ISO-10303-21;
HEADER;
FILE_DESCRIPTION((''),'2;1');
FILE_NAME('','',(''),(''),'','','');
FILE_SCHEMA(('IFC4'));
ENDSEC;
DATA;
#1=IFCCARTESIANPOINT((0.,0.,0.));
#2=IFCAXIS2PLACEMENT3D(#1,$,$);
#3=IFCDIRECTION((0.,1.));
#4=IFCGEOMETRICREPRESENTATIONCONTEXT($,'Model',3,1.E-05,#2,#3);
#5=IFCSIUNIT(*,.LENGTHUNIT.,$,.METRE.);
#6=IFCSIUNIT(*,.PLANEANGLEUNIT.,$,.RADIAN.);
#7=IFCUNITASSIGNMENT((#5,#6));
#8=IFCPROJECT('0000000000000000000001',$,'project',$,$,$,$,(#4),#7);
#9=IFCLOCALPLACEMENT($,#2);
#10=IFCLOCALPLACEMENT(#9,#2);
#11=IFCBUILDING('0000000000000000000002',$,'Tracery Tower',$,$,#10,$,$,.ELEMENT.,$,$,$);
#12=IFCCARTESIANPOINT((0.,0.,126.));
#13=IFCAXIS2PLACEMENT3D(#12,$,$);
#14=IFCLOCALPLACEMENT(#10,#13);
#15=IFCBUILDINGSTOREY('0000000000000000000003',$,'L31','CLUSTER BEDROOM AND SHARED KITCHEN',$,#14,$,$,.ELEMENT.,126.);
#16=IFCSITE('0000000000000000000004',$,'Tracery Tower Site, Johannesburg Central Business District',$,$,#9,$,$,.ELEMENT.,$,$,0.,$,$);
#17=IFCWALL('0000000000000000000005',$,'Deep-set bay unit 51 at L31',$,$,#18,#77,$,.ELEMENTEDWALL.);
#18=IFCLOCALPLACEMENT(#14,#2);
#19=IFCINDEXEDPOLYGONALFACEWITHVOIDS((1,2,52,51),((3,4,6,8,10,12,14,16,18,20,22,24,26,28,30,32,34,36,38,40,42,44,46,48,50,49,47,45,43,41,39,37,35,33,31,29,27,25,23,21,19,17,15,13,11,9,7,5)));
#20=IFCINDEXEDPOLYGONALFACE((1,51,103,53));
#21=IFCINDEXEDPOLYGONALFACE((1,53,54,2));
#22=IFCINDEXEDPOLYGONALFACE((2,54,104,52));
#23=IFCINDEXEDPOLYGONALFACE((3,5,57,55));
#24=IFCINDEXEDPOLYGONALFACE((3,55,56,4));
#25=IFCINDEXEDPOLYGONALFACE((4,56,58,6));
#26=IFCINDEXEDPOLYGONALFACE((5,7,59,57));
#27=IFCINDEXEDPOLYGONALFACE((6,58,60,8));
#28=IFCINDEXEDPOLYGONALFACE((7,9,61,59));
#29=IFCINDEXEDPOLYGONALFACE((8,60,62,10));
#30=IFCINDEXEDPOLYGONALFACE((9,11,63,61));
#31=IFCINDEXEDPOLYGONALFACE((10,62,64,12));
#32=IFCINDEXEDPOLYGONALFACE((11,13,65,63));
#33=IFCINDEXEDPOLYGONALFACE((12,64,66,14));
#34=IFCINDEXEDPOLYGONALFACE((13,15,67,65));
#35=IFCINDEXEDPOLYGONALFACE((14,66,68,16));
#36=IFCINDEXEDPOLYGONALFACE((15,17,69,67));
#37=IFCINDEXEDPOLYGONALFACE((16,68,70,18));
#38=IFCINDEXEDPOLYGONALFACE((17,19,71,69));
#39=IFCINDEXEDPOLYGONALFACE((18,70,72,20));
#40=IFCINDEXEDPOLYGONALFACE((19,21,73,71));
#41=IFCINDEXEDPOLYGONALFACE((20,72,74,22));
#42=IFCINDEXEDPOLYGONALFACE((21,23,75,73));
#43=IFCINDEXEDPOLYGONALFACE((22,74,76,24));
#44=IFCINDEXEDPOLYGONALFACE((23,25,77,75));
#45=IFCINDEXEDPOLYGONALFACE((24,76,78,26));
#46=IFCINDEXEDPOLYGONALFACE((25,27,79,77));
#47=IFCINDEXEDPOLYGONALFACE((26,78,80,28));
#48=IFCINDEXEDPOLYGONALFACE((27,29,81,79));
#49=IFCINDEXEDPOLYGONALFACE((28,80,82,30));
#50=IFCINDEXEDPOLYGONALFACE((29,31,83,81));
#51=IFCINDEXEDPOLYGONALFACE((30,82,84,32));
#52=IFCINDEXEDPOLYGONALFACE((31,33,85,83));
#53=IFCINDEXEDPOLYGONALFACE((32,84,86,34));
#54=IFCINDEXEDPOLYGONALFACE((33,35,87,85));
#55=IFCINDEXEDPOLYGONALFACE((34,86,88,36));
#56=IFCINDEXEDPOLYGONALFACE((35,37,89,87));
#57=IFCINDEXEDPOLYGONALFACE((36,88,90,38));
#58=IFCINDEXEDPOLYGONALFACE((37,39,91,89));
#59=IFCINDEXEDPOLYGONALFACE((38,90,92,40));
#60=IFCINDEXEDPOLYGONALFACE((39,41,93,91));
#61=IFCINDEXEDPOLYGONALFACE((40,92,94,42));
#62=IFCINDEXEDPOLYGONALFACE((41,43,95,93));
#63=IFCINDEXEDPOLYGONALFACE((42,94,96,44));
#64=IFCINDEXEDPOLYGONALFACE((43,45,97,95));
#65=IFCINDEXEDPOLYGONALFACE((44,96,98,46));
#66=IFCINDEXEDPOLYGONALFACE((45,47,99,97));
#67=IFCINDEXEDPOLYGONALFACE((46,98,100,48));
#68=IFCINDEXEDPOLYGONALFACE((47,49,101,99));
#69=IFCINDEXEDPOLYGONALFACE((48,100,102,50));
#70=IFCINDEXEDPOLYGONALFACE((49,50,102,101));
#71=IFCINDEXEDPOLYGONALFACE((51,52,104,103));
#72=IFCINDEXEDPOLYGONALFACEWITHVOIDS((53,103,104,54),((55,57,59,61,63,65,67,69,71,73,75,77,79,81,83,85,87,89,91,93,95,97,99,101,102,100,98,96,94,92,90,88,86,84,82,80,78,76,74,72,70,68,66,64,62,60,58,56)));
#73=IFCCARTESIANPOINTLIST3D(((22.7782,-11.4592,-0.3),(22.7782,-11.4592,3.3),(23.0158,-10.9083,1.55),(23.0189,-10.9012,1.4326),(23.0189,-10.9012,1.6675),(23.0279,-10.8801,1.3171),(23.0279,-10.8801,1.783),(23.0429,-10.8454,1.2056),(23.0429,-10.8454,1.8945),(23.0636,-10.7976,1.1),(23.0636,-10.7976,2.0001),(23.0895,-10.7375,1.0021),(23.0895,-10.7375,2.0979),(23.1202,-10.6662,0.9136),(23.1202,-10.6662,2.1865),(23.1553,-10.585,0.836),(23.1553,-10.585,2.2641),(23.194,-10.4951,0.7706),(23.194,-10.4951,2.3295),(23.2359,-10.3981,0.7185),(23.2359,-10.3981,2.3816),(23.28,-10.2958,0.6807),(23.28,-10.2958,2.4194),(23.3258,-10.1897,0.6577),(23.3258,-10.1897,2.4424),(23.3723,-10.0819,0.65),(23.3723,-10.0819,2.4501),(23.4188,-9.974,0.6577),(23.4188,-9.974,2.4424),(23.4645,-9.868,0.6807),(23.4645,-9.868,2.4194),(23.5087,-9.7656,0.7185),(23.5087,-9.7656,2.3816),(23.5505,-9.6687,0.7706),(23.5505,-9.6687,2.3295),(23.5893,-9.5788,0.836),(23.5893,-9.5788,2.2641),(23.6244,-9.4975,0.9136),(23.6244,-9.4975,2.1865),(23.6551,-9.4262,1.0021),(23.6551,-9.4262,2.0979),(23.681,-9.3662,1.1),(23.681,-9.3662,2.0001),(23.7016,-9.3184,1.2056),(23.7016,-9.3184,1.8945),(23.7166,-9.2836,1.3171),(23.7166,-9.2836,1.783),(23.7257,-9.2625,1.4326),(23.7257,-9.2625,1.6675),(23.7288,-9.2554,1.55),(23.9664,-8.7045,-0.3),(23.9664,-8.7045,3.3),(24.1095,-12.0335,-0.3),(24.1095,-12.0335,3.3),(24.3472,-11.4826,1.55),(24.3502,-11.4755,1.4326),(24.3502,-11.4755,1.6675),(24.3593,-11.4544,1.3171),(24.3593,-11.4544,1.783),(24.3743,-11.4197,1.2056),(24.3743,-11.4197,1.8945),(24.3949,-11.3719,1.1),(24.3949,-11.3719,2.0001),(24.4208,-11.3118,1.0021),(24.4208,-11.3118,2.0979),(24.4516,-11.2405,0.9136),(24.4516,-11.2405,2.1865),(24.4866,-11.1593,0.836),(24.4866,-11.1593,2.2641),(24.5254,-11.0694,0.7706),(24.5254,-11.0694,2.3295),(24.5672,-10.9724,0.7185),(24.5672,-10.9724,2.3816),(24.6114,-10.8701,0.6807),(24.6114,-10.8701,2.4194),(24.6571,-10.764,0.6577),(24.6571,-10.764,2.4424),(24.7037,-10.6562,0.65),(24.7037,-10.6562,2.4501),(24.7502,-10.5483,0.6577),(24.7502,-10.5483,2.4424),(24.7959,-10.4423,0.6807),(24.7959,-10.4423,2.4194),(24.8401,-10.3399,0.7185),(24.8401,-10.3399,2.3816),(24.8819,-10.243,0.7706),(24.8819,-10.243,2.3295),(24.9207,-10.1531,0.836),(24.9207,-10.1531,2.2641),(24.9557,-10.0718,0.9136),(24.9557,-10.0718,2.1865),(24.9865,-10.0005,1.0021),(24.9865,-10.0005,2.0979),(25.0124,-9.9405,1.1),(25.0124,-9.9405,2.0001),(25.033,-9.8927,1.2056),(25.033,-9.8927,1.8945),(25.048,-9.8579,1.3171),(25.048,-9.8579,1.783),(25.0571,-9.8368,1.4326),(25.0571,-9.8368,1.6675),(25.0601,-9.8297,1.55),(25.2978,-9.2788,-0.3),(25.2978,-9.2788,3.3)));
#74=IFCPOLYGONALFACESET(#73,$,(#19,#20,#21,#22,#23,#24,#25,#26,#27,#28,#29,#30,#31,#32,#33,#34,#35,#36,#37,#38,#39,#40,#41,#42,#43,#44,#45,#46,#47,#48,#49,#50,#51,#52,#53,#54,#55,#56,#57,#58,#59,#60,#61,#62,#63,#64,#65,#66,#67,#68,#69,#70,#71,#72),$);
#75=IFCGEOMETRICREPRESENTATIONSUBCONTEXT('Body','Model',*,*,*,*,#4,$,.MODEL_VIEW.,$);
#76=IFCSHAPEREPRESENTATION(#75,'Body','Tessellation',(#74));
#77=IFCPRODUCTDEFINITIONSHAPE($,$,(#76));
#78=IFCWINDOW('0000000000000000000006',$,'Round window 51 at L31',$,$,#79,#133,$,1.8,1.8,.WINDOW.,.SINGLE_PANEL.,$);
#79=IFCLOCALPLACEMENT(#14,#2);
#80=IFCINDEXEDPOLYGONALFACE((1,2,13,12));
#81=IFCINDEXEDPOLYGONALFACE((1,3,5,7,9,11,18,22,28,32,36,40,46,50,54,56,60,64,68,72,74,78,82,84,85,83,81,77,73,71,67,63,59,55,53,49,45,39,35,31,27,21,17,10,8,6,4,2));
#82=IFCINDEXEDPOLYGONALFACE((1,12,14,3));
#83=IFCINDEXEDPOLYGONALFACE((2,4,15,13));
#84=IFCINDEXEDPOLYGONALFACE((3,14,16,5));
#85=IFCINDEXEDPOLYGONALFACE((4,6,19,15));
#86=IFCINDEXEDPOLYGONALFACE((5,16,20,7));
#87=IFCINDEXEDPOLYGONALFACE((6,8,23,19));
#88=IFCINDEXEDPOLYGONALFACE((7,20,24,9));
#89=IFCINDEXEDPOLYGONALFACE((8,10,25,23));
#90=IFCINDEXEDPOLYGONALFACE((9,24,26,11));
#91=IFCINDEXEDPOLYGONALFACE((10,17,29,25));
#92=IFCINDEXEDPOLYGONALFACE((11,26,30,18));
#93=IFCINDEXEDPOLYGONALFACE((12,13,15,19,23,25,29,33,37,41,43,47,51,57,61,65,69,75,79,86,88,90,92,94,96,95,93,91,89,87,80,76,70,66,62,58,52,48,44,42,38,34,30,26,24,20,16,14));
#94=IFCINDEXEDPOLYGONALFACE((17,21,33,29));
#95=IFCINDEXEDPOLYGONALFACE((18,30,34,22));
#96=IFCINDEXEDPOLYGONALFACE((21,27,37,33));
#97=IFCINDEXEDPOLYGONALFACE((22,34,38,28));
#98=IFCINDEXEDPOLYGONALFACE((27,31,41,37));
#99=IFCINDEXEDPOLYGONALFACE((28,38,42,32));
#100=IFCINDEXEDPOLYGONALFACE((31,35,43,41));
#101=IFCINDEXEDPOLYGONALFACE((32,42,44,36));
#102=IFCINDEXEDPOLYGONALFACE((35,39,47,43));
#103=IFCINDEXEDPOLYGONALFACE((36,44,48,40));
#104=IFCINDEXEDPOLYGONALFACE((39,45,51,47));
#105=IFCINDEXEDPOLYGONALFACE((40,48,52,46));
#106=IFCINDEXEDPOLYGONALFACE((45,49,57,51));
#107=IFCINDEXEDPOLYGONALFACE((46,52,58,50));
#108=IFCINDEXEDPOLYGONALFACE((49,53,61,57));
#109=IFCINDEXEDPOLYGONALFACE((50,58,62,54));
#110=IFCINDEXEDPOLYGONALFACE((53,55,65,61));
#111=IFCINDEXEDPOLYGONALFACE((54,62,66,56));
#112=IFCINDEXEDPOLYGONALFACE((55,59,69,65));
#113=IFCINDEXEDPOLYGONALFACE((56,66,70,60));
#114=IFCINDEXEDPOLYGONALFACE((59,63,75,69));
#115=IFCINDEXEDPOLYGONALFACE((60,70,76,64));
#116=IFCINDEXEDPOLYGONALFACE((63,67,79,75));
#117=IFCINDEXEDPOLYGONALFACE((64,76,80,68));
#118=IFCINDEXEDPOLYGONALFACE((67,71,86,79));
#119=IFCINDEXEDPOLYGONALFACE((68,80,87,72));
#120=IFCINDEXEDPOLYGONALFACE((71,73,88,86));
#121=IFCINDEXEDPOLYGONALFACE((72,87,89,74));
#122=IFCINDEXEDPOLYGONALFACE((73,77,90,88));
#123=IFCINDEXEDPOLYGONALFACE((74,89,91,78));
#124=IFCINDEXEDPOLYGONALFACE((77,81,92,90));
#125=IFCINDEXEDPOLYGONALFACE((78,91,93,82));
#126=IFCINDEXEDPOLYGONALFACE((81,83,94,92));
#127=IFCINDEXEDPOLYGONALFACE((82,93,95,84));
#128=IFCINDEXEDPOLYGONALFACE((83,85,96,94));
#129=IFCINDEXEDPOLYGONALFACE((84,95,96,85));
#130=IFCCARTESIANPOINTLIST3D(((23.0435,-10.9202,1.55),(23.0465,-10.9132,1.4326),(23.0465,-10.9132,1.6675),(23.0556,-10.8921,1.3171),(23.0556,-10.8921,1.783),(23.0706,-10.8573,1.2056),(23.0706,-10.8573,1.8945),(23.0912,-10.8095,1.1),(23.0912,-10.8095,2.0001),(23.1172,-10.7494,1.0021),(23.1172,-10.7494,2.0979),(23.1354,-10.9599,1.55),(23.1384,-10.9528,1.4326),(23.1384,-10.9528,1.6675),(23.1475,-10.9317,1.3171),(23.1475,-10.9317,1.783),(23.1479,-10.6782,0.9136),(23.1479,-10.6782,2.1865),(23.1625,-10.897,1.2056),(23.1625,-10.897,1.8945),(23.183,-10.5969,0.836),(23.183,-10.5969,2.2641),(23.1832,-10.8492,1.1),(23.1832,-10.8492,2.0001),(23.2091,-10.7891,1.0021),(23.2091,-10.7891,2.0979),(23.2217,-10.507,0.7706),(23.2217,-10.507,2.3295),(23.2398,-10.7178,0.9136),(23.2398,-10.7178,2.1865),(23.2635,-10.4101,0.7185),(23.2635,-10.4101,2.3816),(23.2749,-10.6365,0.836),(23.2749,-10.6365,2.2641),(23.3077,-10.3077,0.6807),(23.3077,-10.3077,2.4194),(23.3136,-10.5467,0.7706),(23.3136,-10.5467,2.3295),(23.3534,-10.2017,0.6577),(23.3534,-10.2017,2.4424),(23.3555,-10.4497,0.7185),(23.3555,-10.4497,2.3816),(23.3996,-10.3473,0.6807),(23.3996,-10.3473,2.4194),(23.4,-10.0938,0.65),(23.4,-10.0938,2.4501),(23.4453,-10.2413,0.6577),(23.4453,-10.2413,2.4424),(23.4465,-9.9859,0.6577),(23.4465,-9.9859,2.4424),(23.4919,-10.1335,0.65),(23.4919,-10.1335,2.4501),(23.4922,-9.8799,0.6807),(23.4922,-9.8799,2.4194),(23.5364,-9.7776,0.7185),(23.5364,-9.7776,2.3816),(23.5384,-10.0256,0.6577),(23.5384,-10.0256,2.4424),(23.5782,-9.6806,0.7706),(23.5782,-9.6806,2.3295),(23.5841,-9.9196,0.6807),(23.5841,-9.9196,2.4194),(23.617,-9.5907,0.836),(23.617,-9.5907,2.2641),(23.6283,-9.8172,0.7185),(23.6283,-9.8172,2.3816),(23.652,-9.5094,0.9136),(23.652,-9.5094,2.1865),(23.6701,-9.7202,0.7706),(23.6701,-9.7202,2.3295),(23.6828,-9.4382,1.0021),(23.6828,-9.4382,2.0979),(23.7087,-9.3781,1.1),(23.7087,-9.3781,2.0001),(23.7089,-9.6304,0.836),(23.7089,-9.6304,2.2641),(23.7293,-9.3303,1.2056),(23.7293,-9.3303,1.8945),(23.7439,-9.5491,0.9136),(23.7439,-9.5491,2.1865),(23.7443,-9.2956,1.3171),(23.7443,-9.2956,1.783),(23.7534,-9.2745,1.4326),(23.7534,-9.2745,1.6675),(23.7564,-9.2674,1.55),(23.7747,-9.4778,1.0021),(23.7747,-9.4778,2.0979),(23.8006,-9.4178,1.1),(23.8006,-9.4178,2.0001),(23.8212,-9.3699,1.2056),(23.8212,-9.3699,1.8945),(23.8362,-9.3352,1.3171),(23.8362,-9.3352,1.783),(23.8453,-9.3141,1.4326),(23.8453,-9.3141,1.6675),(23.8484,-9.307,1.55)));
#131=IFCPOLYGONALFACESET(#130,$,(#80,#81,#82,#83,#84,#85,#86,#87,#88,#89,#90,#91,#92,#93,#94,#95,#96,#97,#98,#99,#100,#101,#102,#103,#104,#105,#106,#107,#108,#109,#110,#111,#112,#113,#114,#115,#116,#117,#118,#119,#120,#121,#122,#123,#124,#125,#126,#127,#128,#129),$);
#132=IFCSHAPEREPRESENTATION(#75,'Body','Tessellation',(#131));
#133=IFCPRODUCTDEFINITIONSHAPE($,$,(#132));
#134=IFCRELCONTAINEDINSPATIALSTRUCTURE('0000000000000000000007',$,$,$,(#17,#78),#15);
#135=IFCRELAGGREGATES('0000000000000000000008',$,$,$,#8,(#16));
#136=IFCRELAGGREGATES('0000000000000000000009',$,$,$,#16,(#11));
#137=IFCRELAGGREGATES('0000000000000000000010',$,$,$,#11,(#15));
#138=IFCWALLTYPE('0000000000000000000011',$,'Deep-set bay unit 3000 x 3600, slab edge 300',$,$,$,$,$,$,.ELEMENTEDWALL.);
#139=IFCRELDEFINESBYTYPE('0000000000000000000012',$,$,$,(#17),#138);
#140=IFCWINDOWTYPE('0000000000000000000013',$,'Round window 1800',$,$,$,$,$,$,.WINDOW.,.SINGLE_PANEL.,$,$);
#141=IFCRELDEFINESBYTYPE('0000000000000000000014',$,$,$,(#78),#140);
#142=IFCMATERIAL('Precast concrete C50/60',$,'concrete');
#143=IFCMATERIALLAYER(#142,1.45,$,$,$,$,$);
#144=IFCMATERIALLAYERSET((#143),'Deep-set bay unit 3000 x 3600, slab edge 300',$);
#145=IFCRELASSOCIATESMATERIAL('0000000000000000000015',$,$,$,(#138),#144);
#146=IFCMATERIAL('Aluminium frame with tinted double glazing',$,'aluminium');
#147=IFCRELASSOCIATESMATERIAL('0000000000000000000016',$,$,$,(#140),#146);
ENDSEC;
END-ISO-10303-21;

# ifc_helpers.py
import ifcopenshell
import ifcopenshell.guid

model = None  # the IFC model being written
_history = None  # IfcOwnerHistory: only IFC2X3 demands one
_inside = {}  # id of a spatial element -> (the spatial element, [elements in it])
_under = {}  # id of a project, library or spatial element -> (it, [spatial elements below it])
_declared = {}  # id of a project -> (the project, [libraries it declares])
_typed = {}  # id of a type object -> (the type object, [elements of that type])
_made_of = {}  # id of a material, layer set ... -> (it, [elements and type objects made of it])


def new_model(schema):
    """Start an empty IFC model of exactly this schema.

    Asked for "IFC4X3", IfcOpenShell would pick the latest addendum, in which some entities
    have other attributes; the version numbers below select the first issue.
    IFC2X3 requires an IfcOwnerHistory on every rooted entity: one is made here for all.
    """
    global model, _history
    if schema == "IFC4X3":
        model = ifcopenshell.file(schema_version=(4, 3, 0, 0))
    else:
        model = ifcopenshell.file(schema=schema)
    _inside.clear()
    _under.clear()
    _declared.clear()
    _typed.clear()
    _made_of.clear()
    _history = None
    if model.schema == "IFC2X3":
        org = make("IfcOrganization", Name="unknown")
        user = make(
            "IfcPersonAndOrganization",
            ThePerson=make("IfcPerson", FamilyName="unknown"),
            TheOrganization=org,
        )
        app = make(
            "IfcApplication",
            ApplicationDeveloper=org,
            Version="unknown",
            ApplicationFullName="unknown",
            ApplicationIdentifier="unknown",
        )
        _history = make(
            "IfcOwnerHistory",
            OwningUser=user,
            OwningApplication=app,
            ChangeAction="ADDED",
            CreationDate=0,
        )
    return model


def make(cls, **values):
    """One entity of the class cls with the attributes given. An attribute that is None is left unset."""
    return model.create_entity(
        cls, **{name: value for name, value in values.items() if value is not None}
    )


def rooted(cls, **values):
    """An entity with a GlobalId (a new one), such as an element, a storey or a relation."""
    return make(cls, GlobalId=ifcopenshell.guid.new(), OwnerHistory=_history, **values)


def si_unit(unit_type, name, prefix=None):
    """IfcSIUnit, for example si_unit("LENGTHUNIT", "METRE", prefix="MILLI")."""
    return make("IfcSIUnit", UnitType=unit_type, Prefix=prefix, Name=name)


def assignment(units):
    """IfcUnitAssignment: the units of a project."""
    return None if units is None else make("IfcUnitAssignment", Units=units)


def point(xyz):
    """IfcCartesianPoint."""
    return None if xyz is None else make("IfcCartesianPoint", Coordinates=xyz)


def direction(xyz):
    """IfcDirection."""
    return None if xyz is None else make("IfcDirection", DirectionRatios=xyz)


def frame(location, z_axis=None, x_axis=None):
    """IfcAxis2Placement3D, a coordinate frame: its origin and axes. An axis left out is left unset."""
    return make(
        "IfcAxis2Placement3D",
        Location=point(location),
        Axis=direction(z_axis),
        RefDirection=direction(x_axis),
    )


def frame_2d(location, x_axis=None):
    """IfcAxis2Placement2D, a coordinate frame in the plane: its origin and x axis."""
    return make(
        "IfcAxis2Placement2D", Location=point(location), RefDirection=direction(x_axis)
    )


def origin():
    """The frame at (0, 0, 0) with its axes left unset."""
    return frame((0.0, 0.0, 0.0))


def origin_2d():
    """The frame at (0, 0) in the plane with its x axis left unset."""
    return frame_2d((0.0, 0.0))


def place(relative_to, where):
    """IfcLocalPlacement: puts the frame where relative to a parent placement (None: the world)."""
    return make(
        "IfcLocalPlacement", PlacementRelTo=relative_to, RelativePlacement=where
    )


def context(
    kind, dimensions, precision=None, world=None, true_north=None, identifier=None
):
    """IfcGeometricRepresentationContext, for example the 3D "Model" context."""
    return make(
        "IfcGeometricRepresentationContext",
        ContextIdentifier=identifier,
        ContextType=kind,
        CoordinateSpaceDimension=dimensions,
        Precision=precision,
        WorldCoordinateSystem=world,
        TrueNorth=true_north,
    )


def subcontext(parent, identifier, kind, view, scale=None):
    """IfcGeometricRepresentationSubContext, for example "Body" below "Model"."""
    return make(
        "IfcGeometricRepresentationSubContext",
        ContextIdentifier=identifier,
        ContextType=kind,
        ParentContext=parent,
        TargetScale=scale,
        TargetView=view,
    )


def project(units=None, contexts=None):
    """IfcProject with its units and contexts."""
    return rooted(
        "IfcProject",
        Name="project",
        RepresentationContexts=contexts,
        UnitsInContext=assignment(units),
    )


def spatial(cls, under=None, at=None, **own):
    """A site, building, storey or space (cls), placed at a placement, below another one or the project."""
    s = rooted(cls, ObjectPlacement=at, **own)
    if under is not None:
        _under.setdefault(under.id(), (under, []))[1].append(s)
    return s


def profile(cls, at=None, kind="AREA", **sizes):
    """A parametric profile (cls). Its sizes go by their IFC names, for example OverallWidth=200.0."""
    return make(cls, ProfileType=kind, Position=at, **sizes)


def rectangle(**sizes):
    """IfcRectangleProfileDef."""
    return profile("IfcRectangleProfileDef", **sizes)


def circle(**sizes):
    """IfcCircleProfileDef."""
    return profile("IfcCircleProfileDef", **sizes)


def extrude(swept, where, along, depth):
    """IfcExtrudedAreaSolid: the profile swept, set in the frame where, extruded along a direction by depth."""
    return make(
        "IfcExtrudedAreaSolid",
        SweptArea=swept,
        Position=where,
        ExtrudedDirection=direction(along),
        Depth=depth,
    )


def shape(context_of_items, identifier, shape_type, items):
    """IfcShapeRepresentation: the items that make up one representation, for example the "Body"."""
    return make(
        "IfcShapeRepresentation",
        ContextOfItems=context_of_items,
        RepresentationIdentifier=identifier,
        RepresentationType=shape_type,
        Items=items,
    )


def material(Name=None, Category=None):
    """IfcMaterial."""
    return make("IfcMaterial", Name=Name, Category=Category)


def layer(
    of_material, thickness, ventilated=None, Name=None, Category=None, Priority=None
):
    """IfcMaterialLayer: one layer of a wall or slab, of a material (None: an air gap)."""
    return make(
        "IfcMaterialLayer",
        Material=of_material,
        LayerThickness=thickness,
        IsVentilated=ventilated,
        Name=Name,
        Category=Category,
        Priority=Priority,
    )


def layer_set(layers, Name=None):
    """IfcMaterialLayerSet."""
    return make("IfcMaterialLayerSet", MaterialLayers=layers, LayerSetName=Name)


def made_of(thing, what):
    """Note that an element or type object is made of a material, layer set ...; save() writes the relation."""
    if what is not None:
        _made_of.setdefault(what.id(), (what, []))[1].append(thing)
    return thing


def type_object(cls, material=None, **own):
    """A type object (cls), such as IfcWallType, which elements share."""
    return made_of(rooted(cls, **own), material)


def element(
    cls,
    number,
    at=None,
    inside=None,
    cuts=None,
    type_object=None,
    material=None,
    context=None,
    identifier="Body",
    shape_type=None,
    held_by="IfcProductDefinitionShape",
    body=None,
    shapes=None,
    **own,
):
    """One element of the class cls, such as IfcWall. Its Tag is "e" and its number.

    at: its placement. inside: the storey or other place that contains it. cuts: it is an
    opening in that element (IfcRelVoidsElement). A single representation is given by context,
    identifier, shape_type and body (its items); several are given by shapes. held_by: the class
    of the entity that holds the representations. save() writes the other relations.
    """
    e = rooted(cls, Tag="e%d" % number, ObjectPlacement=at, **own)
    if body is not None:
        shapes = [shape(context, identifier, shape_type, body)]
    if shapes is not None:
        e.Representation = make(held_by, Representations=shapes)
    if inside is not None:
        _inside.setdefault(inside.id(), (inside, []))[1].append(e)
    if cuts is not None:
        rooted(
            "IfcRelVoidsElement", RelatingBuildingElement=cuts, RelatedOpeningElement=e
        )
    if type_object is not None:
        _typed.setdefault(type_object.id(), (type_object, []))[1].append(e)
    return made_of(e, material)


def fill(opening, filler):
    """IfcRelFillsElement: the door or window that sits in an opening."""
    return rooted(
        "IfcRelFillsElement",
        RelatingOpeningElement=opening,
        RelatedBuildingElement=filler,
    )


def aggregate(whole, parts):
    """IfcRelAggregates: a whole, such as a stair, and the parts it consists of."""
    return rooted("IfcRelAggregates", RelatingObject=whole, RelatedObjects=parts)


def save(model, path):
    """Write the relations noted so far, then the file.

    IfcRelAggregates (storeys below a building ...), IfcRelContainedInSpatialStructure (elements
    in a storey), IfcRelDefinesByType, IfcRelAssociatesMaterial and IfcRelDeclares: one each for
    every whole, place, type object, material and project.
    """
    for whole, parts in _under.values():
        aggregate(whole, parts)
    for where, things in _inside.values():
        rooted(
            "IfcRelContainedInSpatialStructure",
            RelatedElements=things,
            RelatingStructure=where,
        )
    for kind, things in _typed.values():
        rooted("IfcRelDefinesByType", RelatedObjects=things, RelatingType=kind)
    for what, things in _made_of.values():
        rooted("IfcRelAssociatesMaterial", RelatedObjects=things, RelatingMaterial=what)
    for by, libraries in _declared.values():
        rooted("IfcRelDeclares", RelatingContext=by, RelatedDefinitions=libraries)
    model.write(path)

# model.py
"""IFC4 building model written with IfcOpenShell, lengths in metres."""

from ifc_helpers import new_model, si_unit, direction, frame, frame_2d, origin, origin_2d, place, context, subcontext, project, spatial, rectangle, circle, extrude, material, layer, layer_set, type_object, element, fill, save


model = new_model("IFC4")

# Units and contexts
model_context = context("Model", 3, precision=1e-05, world=origin(), true_north=direction((0.0, 1.0)))
body_context = subcontext(model_context, "Body", "Model", "MODEL_VIEW")
ifc_project = project(units=[si_unit("LENGTHUNIT", "METRE"), si_unit("PLANEANGLEUNIT", "RADIAN")], contexts=[model_context])

# Site, building, storey
site_placement = place(None, origin())
site = spatial("IfcSite", under=ifc_project, at=site_placement, Name="Tracery Tower Site, Johannesburg Central Business District", CompositionType="ELEMENT", RefElevation=0.0)
building_placement = place(site_placement, origin())
building = spatial("IfcBuilding", under=site, at=building_placement, Name="Tracery Tower", CompositionType="ELEMENT")
storey_placement = place(building_placement, frame((0.0, 0.0, 126.0)))
storey = spatial("IfcBuildingStorey", under=building, at=storey_placement, Name="L31", Description="CLUSTER BEDROOM AND SHARED KITCHEN", CompositionType="ELEMENT", Elevation=126.0)

# Wall, opening, window
ifc_material_1 = material(Name="Precast concrete C50/60", Category="concrete")
ifc_layer_1 = layer(ifc_material_1, 1.45)
ifc_layer_set_1 = layer_set([ifc_layer_1], Name="Deep-set bay unit 3000 x 3600, slab edge 300")
wall_type_1 = type_object("IfcWallType", Name="Deep-set bay unit 3000 x 3600, slab edge 300", PredefinedType="ELEMENTEDWALL", material=ifc_layer_set_1)
wall_1_placement = place(storey_placement, frame((23.4438, -11.7463, -0.3), z_axis=(0.0, 0.0, 1.0), x_axis=(0.396079, 0.918216, 0.0)))
wall_1 = element("IfcWall", 1, at=wall_1_placement, inside=storey, type_object=wall_type_1, Name="Deep-set bay unit 51 at L31", PredefinedType="ELEMENTEDWALL", context=body_context, shape_type="SweptSolid", body=[
    extrude(rectangle(XDim=3.0, YDim=1.45, at=frame_2d((1.5, 0.0))), origin(), (0.0, 0.0, 1.0), 3.6001),
])
opening_1_placement = place(wall_1_placement, frame((1.5, 0.0, 1.8501)))
opening_1 = element("IfcOpeningElement", 2, at=opening_1_placement, cuts=wall_1, PredefinedType="OPENING", context=body_context, shape_type="SweptSolid", body=[
    extrude(circle(Radius=0.9, at=origin_2d()), frame((0.0, 0.7349, 0.0), z_axis=(0.0, -1.0, 0.0), x_axis=(1.0, 0.0, 0.0)), (0.0, 0.0, 1.0), 1.47),
])
ifc_material_2 = material(Name="Aluminium frame with tinted double glazing", Category="aluminium")
window_type = type_object("IfcWindowType", Name="Round window 1800", PartitioningType="SINGLE_PANEL", PredefinedType="WINDOW", material=ifc_material_2)
window_1_placement = place(opening_1_placement, origin())
window_1 = element("IfcWindow", 3, at=window_1_placement, inside=storey, type_object=window_type, Name="Round window 51 at L31", OverallHeight=1.8, OverallWidth=1.8, PartitioningType="SINGLE_PANEL", PredefinedType="WINDOW", context=body_context, shape_type="SweptSolid", body=[
    extrude(circle(Radius=0.9, at=origin_2d()), frame((0.0, 0.6948, 0.0), z_axis=(0.0, -1.0, 0.0), x_axis=(1.0, 0.0, 0.0)), (0.0, 0.0, 1.0), 0.1001),
])
fill(opening_1, window_1)

save(model, "model.ifc")
